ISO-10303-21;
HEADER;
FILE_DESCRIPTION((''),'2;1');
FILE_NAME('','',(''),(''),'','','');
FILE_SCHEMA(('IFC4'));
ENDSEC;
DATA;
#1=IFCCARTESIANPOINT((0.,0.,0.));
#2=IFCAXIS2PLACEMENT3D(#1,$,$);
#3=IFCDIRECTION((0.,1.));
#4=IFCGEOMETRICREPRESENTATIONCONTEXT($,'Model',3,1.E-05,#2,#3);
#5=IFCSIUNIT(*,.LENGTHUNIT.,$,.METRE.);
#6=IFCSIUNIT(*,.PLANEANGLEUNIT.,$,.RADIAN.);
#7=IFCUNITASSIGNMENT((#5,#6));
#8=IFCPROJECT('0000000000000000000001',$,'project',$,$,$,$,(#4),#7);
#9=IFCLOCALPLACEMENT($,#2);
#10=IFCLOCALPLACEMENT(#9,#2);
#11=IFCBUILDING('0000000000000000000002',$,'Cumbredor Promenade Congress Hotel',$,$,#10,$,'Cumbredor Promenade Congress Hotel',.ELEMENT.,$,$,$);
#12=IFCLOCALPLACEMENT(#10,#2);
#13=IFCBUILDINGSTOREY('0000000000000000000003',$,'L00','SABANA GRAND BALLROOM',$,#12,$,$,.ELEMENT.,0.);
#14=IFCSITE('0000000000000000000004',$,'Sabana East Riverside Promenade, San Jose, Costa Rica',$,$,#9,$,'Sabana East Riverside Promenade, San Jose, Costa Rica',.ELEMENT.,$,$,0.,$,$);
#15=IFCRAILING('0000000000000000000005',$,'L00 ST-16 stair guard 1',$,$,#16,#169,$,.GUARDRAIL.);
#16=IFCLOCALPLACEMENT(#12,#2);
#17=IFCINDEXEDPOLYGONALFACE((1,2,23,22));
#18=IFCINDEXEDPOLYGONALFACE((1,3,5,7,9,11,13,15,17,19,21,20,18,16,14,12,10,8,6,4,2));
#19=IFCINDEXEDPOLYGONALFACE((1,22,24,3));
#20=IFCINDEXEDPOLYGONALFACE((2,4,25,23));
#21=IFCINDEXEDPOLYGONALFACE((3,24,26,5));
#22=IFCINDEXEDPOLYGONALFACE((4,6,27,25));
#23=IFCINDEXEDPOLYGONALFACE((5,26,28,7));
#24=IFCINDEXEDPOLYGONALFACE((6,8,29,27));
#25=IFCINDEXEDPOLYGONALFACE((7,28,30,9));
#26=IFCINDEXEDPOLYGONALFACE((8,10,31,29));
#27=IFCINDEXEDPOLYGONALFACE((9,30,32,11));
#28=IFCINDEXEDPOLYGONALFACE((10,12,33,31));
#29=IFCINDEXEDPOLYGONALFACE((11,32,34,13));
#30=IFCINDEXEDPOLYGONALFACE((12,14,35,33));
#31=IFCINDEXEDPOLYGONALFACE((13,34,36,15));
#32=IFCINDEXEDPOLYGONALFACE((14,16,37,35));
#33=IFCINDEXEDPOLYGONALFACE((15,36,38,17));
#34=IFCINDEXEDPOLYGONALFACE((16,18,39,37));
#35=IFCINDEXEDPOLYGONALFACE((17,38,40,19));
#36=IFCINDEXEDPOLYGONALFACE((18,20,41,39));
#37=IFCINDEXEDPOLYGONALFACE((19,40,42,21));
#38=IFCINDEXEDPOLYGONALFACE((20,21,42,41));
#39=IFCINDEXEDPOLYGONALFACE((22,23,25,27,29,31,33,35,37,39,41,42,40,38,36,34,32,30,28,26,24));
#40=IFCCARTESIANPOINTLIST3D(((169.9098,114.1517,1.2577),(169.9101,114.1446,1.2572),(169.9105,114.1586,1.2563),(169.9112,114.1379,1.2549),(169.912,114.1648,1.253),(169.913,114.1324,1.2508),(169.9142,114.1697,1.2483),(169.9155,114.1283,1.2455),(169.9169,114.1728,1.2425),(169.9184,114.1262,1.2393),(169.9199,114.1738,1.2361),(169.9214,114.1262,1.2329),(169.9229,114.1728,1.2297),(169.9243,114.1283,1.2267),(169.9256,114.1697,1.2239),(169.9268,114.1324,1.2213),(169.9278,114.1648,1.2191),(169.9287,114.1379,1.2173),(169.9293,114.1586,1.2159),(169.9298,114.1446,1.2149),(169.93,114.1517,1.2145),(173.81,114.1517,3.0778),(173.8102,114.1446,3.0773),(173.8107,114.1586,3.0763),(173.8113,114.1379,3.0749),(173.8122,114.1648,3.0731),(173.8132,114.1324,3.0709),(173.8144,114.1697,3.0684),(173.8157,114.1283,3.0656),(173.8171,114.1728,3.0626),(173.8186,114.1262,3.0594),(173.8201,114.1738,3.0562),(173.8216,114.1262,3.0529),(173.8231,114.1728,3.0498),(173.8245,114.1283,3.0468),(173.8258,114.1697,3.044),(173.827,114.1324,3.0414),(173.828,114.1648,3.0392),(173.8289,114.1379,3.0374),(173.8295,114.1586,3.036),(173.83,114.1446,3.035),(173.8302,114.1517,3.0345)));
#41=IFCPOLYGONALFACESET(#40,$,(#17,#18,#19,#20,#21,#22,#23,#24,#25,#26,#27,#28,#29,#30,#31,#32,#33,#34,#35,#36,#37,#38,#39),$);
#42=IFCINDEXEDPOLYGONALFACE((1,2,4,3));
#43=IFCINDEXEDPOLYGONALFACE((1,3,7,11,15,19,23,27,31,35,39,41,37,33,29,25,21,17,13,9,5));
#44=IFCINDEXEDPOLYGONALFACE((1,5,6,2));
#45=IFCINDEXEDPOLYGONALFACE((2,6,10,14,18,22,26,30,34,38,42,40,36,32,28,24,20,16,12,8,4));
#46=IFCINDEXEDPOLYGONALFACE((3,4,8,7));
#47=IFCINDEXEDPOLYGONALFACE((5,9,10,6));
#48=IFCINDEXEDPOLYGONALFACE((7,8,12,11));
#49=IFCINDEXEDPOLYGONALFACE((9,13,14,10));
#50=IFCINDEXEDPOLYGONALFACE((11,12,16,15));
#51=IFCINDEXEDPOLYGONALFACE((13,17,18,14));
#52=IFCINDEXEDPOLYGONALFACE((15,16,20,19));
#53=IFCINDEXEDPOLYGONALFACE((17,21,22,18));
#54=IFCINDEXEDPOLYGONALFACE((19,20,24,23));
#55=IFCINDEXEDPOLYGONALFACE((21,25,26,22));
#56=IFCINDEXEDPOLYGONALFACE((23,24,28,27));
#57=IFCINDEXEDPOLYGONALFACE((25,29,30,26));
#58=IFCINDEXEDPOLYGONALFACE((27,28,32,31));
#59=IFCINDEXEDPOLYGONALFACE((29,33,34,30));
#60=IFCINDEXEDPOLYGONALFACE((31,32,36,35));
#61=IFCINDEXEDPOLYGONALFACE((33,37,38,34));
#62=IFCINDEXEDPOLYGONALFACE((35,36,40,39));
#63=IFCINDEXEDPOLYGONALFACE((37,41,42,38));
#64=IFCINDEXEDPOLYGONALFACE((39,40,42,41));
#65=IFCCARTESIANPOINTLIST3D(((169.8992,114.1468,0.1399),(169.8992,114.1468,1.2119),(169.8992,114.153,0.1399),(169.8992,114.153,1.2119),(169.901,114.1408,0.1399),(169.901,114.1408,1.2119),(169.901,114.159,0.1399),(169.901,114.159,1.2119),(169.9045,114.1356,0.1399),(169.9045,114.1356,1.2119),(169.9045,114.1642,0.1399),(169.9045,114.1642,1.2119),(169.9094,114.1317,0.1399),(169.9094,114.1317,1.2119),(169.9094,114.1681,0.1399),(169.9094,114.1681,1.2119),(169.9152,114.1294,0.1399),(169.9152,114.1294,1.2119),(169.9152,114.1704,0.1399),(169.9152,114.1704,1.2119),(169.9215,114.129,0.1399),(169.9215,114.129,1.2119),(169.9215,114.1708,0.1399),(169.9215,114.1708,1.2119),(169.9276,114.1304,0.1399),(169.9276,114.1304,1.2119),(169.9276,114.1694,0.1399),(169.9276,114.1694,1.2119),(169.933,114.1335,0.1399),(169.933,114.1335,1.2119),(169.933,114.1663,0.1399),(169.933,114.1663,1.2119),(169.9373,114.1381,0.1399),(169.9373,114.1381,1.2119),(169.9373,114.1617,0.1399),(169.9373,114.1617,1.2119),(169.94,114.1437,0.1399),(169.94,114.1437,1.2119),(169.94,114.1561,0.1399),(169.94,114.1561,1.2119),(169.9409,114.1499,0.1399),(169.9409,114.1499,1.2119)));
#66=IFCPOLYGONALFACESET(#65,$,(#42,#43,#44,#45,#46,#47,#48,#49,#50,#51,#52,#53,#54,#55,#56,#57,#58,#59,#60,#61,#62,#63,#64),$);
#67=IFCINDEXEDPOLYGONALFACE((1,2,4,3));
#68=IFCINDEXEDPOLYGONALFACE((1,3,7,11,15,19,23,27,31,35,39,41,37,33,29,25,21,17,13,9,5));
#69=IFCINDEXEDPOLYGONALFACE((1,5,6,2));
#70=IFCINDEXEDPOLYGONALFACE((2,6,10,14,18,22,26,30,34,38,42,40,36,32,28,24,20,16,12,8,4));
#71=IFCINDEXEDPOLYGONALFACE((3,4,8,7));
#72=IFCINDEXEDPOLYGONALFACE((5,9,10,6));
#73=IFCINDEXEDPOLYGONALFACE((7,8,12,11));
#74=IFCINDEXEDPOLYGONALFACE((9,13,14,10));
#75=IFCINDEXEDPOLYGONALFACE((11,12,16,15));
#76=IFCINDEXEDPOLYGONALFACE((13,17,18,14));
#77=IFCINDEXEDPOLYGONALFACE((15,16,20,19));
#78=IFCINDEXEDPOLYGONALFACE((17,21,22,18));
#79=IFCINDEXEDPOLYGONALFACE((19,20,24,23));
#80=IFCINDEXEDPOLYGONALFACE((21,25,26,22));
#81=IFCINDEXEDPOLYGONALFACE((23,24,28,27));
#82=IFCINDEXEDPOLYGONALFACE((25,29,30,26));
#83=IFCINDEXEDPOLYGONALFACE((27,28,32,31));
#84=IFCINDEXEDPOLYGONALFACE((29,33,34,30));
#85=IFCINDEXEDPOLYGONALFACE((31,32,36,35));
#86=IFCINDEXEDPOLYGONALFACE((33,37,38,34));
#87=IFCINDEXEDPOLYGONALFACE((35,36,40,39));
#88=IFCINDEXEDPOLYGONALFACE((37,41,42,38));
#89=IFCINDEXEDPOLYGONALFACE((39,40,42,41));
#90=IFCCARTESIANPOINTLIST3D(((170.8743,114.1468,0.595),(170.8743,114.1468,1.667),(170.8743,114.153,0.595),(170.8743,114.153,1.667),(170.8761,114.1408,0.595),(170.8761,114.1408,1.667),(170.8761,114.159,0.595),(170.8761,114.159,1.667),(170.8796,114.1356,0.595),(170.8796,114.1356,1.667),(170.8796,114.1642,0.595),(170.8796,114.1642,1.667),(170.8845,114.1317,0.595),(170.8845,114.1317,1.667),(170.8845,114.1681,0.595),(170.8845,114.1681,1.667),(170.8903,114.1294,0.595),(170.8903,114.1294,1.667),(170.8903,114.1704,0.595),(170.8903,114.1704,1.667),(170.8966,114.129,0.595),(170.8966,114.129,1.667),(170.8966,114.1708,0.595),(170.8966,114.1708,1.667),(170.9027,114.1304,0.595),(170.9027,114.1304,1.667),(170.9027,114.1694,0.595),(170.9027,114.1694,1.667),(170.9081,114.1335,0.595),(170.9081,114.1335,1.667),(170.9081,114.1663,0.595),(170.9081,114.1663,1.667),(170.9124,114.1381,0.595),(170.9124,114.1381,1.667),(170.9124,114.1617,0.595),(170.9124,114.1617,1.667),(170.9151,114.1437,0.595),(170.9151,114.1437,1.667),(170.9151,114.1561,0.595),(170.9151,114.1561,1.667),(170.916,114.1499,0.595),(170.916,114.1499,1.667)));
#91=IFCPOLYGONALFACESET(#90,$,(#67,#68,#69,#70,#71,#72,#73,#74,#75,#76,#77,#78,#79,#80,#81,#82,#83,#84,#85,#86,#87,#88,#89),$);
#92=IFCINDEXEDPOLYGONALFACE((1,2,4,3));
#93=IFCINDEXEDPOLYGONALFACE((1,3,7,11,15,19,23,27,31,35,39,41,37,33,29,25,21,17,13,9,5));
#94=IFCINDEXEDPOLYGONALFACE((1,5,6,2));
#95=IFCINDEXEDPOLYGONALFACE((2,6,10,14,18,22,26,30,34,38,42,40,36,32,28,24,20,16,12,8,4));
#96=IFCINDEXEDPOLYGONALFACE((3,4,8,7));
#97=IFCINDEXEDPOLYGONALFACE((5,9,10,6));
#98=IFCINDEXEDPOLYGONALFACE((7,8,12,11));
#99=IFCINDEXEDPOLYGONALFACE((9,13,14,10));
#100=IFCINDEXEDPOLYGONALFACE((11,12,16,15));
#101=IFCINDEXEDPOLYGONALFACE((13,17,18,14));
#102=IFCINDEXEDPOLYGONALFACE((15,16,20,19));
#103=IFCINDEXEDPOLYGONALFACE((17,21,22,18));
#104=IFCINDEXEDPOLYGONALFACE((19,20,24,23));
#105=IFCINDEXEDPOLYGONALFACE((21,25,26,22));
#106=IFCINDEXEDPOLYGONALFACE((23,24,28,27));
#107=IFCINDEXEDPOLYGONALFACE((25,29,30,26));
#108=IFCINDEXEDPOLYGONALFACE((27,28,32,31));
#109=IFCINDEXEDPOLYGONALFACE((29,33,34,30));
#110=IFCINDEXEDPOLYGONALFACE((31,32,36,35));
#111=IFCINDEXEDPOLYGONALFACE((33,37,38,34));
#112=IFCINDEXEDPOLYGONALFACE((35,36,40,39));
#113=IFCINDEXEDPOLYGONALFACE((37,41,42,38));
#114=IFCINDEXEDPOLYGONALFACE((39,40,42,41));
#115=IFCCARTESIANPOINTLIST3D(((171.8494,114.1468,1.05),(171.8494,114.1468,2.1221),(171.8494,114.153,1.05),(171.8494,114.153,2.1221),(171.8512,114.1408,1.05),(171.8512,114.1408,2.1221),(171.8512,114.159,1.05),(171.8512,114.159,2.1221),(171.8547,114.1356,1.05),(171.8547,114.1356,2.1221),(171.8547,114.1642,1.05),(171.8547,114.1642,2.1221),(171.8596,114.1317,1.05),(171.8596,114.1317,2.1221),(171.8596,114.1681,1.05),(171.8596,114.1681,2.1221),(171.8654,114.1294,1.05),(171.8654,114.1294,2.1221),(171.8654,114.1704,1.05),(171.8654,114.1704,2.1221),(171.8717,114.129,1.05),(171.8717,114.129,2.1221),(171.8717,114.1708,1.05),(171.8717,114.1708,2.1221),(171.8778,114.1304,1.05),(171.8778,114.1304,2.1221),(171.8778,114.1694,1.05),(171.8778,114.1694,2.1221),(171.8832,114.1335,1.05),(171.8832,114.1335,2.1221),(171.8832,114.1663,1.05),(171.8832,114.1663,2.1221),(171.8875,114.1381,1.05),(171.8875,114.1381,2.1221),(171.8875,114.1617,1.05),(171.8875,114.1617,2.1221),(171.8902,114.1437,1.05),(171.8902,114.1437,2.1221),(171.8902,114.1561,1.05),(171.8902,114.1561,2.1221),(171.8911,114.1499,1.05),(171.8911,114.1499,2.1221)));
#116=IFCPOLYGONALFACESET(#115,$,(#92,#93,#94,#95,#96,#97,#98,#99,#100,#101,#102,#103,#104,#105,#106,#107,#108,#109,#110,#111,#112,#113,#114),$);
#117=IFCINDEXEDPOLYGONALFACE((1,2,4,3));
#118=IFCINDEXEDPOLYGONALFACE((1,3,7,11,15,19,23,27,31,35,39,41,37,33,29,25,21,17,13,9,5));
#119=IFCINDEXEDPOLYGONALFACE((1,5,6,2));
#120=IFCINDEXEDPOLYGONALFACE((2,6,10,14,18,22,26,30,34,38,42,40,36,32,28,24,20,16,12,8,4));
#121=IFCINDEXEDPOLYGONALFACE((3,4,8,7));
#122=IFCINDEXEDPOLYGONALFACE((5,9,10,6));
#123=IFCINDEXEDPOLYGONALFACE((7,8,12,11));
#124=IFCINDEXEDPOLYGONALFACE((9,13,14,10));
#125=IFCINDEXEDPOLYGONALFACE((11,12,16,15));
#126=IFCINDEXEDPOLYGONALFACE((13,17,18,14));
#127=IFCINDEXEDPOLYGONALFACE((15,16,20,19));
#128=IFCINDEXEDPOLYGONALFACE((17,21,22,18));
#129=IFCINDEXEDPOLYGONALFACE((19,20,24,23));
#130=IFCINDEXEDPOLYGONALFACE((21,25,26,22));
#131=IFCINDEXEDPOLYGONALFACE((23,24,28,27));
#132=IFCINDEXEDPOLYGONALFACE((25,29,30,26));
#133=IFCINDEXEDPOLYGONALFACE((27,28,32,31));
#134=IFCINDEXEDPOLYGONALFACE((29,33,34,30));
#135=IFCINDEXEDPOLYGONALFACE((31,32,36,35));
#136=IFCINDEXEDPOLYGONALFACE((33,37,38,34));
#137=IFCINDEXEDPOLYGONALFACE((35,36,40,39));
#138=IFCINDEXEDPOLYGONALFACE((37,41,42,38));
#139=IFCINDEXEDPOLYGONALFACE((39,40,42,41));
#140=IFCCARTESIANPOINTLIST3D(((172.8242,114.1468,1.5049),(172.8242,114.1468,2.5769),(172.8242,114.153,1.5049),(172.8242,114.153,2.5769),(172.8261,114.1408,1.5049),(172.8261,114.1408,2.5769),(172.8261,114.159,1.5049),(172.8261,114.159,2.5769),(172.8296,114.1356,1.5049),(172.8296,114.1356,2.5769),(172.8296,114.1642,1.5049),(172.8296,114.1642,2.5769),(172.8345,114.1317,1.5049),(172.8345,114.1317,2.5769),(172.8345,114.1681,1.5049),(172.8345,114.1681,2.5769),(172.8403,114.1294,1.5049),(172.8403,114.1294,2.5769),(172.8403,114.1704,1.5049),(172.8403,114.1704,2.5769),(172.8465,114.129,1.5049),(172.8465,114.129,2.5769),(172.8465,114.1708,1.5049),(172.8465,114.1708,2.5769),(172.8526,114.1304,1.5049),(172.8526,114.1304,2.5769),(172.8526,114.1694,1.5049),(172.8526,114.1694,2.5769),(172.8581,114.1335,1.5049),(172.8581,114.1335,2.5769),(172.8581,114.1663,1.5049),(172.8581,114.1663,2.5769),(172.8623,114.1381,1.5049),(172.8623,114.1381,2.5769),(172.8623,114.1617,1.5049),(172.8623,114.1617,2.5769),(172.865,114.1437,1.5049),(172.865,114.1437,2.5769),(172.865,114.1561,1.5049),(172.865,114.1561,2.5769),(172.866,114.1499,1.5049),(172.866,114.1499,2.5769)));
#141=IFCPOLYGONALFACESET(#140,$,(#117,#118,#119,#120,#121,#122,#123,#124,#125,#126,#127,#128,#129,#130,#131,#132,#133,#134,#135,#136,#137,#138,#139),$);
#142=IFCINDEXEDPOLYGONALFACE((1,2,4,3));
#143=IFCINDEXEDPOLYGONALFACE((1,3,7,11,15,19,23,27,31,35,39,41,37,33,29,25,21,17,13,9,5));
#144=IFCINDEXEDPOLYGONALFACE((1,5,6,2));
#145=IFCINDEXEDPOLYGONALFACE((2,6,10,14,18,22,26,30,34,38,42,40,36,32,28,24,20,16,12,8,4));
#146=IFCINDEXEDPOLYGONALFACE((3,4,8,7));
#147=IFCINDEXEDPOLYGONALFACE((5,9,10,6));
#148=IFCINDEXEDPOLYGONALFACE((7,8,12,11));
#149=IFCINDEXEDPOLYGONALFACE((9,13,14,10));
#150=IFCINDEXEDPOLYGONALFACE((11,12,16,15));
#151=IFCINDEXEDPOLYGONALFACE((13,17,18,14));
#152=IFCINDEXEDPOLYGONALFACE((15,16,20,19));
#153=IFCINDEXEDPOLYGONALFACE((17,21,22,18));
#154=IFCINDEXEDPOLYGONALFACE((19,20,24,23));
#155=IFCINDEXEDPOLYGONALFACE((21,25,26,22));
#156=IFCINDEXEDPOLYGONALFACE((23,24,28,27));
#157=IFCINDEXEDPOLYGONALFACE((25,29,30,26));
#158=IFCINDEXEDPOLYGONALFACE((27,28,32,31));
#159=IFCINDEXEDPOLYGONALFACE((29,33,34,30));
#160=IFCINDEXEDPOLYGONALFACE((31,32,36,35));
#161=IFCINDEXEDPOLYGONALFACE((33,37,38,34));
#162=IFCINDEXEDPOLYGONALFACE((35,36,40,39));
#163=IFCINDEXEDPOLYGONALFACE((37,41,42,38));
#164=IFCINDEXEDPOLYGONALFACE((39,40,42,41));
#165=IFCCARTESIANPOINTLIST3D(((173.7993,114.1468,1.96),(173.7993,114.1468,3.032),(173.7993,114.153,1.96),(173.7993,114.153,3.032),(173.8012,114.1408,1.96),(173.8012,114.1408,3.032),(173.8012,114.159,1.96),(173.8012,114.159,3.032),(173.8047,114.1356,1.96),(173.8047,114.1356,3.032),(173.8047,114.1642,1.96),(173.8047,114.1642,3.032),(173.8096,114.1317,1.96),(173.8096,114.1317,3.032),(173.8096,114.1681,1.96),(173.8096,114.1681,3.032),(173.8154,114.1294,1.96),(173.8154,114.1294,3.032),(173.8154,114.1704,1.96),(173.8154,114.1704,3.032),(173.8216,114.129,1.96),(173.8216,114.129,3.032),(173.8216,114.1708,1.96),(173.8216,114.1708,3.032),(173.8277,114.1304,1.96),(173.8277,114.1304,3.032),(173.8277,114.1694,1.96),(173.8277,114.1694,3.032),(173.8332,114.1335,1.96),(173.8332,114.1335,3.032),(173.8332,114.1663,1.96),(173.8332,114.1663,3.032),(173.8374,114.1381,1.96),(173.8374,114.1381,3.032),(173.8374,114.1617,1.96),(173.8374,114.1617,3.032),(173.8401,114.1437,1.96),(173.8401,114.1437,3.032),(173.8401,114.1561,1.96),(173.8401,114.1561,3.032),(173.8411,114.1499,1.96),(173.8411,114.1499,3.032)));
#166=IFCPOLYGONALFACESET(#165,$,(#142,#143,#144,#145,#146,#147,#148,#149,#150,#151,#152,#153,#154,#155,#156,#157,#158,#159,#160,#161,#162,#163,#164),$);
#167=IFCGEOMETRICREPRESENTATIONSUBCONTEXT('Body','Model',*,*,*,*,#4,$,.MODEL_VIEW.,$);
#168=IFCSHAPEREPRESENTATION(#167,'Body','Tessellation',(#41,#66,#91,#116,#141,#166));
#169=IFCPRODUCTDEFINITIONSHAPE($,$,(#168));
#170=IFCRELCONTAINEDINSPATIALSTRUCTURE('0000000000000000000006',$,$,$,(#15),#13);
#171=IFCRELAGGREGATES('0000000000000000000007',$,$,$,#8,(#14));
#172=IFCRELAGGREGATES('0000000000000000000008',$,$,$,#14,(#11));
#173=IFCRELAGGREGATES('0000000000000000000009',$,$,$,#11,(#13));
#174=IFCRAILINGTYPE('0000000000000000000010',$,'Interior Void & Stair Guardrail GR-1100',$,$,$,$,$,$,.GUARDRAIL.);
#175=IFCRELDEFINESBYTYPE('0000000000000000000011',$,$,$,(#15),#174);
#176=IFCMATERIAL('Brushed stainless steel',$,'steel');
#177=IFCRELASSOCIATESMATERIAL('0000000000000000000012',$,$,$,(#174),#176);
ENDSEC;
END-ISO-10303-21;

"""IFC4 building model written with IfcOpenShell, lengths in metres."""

from ifc_helpers import new_model, si_unit, direction, frame, origin, origin_2d, place, context, subcontext, project, spatial, circle, extrude, material, type_object, element, save


model = new_model("IFC4")

# Units and contexts
model_context = context("Model", 3, precision=1e-05, world=origin(), true_north=direction((0.0, 1.0)))
body_context = subcontext(model_context, "Body", "Model", "MODEL_VIEW")
ifc_project = project(units=[si_unit("LENGTHUNIT", "METRE"), si_unit("PLANEANGLEUNIT", "RADIAN")], contexts=[model_context])

# Site, building, storey
site_placement = place(None, origin())
site = spatial("IfcSite", under=ifc_project, at=site_placement, Name="Sabana East Riverside Promenade, San Jose, Costa Rica", LongName="Sabana East Riverside Promenade, San Jose, Costa Rica", CompositionType="ELEMENT", RefElevation=0.0)
building_placement = place(site_placement, origin())
building = spatial("IfcBuilding", under=site, at=building_placement, Name="Cumbredor Promenade Congress Hotel", LongName="Cumbredor Promenade Congress Hotel", CompositionType="ELEMENT")
storey_placement = place(building_placement, origin())
storey = spatial("IfcBuildingStorey", under=building, at=storey_placement, Name="L00", Description="SABANA GRAND BALLROOM", CompositionType="ELEMENT", Elevation=0.0)

# Railing
ifc_material_1 = material(Name="Brushed stainless steel", Category="steel")
railing_type_1 = type_object("IfcRailingType", Name="Interior Void & Stair Guardrail GR-1100", PredefinedType="GUARDRAIL", material=ifc_material_1)
railing_1_placement = place(storey_placement, frame((169.9199, 114.1499, 0.1399)))
element("IfcRailing", 1, at=railing_1_placement, inside=storey, type_object=railing_type_1, Name="L00 ST-16 stair guard 1", PredefinedType="GUARDRAIL", context=body_context, shape_type="SweptSolid", body=[
    extrude(circle(Radius=0.0239, at=origin_2d()), frame((0.0, 0.0, 1.0962), z_axis=(0.906183, 0.0, 0.422885), x_axis=(0.0, 1.0, 0.0)), (0.0, 0.0, 1.0), 4.304),
    extrude(circle(Radius=0.021, at=origin_2d()), origin(), (0.0, 0.0, 1.0), 1.072),
    extrude(circle(Radius=0.021, at=origin_2d()), frame((0.9751, 0.0, 0.4551)), (0.0, 0.0, 1.0), 1.072),
    extrude(circle(Radius=0.021, at=origin_2d()), frame((1.9502, 0.0, 0.9102)), (0.0, 0.0, 1.0), 1.072),
    extrude(circle(Radius=0.021, at=origin_2d()), frame((2.925, 0.0, 1.365)), (0.0, 0.0, 1.0), 1.072),
    extrude(circle(Radius=0.021, at=origin_2d()), frame((3.9001, 0.0, 1.8201)), (0.0, 0.0, 1.0), 1.072),
])

save(model, "model.ifc")
